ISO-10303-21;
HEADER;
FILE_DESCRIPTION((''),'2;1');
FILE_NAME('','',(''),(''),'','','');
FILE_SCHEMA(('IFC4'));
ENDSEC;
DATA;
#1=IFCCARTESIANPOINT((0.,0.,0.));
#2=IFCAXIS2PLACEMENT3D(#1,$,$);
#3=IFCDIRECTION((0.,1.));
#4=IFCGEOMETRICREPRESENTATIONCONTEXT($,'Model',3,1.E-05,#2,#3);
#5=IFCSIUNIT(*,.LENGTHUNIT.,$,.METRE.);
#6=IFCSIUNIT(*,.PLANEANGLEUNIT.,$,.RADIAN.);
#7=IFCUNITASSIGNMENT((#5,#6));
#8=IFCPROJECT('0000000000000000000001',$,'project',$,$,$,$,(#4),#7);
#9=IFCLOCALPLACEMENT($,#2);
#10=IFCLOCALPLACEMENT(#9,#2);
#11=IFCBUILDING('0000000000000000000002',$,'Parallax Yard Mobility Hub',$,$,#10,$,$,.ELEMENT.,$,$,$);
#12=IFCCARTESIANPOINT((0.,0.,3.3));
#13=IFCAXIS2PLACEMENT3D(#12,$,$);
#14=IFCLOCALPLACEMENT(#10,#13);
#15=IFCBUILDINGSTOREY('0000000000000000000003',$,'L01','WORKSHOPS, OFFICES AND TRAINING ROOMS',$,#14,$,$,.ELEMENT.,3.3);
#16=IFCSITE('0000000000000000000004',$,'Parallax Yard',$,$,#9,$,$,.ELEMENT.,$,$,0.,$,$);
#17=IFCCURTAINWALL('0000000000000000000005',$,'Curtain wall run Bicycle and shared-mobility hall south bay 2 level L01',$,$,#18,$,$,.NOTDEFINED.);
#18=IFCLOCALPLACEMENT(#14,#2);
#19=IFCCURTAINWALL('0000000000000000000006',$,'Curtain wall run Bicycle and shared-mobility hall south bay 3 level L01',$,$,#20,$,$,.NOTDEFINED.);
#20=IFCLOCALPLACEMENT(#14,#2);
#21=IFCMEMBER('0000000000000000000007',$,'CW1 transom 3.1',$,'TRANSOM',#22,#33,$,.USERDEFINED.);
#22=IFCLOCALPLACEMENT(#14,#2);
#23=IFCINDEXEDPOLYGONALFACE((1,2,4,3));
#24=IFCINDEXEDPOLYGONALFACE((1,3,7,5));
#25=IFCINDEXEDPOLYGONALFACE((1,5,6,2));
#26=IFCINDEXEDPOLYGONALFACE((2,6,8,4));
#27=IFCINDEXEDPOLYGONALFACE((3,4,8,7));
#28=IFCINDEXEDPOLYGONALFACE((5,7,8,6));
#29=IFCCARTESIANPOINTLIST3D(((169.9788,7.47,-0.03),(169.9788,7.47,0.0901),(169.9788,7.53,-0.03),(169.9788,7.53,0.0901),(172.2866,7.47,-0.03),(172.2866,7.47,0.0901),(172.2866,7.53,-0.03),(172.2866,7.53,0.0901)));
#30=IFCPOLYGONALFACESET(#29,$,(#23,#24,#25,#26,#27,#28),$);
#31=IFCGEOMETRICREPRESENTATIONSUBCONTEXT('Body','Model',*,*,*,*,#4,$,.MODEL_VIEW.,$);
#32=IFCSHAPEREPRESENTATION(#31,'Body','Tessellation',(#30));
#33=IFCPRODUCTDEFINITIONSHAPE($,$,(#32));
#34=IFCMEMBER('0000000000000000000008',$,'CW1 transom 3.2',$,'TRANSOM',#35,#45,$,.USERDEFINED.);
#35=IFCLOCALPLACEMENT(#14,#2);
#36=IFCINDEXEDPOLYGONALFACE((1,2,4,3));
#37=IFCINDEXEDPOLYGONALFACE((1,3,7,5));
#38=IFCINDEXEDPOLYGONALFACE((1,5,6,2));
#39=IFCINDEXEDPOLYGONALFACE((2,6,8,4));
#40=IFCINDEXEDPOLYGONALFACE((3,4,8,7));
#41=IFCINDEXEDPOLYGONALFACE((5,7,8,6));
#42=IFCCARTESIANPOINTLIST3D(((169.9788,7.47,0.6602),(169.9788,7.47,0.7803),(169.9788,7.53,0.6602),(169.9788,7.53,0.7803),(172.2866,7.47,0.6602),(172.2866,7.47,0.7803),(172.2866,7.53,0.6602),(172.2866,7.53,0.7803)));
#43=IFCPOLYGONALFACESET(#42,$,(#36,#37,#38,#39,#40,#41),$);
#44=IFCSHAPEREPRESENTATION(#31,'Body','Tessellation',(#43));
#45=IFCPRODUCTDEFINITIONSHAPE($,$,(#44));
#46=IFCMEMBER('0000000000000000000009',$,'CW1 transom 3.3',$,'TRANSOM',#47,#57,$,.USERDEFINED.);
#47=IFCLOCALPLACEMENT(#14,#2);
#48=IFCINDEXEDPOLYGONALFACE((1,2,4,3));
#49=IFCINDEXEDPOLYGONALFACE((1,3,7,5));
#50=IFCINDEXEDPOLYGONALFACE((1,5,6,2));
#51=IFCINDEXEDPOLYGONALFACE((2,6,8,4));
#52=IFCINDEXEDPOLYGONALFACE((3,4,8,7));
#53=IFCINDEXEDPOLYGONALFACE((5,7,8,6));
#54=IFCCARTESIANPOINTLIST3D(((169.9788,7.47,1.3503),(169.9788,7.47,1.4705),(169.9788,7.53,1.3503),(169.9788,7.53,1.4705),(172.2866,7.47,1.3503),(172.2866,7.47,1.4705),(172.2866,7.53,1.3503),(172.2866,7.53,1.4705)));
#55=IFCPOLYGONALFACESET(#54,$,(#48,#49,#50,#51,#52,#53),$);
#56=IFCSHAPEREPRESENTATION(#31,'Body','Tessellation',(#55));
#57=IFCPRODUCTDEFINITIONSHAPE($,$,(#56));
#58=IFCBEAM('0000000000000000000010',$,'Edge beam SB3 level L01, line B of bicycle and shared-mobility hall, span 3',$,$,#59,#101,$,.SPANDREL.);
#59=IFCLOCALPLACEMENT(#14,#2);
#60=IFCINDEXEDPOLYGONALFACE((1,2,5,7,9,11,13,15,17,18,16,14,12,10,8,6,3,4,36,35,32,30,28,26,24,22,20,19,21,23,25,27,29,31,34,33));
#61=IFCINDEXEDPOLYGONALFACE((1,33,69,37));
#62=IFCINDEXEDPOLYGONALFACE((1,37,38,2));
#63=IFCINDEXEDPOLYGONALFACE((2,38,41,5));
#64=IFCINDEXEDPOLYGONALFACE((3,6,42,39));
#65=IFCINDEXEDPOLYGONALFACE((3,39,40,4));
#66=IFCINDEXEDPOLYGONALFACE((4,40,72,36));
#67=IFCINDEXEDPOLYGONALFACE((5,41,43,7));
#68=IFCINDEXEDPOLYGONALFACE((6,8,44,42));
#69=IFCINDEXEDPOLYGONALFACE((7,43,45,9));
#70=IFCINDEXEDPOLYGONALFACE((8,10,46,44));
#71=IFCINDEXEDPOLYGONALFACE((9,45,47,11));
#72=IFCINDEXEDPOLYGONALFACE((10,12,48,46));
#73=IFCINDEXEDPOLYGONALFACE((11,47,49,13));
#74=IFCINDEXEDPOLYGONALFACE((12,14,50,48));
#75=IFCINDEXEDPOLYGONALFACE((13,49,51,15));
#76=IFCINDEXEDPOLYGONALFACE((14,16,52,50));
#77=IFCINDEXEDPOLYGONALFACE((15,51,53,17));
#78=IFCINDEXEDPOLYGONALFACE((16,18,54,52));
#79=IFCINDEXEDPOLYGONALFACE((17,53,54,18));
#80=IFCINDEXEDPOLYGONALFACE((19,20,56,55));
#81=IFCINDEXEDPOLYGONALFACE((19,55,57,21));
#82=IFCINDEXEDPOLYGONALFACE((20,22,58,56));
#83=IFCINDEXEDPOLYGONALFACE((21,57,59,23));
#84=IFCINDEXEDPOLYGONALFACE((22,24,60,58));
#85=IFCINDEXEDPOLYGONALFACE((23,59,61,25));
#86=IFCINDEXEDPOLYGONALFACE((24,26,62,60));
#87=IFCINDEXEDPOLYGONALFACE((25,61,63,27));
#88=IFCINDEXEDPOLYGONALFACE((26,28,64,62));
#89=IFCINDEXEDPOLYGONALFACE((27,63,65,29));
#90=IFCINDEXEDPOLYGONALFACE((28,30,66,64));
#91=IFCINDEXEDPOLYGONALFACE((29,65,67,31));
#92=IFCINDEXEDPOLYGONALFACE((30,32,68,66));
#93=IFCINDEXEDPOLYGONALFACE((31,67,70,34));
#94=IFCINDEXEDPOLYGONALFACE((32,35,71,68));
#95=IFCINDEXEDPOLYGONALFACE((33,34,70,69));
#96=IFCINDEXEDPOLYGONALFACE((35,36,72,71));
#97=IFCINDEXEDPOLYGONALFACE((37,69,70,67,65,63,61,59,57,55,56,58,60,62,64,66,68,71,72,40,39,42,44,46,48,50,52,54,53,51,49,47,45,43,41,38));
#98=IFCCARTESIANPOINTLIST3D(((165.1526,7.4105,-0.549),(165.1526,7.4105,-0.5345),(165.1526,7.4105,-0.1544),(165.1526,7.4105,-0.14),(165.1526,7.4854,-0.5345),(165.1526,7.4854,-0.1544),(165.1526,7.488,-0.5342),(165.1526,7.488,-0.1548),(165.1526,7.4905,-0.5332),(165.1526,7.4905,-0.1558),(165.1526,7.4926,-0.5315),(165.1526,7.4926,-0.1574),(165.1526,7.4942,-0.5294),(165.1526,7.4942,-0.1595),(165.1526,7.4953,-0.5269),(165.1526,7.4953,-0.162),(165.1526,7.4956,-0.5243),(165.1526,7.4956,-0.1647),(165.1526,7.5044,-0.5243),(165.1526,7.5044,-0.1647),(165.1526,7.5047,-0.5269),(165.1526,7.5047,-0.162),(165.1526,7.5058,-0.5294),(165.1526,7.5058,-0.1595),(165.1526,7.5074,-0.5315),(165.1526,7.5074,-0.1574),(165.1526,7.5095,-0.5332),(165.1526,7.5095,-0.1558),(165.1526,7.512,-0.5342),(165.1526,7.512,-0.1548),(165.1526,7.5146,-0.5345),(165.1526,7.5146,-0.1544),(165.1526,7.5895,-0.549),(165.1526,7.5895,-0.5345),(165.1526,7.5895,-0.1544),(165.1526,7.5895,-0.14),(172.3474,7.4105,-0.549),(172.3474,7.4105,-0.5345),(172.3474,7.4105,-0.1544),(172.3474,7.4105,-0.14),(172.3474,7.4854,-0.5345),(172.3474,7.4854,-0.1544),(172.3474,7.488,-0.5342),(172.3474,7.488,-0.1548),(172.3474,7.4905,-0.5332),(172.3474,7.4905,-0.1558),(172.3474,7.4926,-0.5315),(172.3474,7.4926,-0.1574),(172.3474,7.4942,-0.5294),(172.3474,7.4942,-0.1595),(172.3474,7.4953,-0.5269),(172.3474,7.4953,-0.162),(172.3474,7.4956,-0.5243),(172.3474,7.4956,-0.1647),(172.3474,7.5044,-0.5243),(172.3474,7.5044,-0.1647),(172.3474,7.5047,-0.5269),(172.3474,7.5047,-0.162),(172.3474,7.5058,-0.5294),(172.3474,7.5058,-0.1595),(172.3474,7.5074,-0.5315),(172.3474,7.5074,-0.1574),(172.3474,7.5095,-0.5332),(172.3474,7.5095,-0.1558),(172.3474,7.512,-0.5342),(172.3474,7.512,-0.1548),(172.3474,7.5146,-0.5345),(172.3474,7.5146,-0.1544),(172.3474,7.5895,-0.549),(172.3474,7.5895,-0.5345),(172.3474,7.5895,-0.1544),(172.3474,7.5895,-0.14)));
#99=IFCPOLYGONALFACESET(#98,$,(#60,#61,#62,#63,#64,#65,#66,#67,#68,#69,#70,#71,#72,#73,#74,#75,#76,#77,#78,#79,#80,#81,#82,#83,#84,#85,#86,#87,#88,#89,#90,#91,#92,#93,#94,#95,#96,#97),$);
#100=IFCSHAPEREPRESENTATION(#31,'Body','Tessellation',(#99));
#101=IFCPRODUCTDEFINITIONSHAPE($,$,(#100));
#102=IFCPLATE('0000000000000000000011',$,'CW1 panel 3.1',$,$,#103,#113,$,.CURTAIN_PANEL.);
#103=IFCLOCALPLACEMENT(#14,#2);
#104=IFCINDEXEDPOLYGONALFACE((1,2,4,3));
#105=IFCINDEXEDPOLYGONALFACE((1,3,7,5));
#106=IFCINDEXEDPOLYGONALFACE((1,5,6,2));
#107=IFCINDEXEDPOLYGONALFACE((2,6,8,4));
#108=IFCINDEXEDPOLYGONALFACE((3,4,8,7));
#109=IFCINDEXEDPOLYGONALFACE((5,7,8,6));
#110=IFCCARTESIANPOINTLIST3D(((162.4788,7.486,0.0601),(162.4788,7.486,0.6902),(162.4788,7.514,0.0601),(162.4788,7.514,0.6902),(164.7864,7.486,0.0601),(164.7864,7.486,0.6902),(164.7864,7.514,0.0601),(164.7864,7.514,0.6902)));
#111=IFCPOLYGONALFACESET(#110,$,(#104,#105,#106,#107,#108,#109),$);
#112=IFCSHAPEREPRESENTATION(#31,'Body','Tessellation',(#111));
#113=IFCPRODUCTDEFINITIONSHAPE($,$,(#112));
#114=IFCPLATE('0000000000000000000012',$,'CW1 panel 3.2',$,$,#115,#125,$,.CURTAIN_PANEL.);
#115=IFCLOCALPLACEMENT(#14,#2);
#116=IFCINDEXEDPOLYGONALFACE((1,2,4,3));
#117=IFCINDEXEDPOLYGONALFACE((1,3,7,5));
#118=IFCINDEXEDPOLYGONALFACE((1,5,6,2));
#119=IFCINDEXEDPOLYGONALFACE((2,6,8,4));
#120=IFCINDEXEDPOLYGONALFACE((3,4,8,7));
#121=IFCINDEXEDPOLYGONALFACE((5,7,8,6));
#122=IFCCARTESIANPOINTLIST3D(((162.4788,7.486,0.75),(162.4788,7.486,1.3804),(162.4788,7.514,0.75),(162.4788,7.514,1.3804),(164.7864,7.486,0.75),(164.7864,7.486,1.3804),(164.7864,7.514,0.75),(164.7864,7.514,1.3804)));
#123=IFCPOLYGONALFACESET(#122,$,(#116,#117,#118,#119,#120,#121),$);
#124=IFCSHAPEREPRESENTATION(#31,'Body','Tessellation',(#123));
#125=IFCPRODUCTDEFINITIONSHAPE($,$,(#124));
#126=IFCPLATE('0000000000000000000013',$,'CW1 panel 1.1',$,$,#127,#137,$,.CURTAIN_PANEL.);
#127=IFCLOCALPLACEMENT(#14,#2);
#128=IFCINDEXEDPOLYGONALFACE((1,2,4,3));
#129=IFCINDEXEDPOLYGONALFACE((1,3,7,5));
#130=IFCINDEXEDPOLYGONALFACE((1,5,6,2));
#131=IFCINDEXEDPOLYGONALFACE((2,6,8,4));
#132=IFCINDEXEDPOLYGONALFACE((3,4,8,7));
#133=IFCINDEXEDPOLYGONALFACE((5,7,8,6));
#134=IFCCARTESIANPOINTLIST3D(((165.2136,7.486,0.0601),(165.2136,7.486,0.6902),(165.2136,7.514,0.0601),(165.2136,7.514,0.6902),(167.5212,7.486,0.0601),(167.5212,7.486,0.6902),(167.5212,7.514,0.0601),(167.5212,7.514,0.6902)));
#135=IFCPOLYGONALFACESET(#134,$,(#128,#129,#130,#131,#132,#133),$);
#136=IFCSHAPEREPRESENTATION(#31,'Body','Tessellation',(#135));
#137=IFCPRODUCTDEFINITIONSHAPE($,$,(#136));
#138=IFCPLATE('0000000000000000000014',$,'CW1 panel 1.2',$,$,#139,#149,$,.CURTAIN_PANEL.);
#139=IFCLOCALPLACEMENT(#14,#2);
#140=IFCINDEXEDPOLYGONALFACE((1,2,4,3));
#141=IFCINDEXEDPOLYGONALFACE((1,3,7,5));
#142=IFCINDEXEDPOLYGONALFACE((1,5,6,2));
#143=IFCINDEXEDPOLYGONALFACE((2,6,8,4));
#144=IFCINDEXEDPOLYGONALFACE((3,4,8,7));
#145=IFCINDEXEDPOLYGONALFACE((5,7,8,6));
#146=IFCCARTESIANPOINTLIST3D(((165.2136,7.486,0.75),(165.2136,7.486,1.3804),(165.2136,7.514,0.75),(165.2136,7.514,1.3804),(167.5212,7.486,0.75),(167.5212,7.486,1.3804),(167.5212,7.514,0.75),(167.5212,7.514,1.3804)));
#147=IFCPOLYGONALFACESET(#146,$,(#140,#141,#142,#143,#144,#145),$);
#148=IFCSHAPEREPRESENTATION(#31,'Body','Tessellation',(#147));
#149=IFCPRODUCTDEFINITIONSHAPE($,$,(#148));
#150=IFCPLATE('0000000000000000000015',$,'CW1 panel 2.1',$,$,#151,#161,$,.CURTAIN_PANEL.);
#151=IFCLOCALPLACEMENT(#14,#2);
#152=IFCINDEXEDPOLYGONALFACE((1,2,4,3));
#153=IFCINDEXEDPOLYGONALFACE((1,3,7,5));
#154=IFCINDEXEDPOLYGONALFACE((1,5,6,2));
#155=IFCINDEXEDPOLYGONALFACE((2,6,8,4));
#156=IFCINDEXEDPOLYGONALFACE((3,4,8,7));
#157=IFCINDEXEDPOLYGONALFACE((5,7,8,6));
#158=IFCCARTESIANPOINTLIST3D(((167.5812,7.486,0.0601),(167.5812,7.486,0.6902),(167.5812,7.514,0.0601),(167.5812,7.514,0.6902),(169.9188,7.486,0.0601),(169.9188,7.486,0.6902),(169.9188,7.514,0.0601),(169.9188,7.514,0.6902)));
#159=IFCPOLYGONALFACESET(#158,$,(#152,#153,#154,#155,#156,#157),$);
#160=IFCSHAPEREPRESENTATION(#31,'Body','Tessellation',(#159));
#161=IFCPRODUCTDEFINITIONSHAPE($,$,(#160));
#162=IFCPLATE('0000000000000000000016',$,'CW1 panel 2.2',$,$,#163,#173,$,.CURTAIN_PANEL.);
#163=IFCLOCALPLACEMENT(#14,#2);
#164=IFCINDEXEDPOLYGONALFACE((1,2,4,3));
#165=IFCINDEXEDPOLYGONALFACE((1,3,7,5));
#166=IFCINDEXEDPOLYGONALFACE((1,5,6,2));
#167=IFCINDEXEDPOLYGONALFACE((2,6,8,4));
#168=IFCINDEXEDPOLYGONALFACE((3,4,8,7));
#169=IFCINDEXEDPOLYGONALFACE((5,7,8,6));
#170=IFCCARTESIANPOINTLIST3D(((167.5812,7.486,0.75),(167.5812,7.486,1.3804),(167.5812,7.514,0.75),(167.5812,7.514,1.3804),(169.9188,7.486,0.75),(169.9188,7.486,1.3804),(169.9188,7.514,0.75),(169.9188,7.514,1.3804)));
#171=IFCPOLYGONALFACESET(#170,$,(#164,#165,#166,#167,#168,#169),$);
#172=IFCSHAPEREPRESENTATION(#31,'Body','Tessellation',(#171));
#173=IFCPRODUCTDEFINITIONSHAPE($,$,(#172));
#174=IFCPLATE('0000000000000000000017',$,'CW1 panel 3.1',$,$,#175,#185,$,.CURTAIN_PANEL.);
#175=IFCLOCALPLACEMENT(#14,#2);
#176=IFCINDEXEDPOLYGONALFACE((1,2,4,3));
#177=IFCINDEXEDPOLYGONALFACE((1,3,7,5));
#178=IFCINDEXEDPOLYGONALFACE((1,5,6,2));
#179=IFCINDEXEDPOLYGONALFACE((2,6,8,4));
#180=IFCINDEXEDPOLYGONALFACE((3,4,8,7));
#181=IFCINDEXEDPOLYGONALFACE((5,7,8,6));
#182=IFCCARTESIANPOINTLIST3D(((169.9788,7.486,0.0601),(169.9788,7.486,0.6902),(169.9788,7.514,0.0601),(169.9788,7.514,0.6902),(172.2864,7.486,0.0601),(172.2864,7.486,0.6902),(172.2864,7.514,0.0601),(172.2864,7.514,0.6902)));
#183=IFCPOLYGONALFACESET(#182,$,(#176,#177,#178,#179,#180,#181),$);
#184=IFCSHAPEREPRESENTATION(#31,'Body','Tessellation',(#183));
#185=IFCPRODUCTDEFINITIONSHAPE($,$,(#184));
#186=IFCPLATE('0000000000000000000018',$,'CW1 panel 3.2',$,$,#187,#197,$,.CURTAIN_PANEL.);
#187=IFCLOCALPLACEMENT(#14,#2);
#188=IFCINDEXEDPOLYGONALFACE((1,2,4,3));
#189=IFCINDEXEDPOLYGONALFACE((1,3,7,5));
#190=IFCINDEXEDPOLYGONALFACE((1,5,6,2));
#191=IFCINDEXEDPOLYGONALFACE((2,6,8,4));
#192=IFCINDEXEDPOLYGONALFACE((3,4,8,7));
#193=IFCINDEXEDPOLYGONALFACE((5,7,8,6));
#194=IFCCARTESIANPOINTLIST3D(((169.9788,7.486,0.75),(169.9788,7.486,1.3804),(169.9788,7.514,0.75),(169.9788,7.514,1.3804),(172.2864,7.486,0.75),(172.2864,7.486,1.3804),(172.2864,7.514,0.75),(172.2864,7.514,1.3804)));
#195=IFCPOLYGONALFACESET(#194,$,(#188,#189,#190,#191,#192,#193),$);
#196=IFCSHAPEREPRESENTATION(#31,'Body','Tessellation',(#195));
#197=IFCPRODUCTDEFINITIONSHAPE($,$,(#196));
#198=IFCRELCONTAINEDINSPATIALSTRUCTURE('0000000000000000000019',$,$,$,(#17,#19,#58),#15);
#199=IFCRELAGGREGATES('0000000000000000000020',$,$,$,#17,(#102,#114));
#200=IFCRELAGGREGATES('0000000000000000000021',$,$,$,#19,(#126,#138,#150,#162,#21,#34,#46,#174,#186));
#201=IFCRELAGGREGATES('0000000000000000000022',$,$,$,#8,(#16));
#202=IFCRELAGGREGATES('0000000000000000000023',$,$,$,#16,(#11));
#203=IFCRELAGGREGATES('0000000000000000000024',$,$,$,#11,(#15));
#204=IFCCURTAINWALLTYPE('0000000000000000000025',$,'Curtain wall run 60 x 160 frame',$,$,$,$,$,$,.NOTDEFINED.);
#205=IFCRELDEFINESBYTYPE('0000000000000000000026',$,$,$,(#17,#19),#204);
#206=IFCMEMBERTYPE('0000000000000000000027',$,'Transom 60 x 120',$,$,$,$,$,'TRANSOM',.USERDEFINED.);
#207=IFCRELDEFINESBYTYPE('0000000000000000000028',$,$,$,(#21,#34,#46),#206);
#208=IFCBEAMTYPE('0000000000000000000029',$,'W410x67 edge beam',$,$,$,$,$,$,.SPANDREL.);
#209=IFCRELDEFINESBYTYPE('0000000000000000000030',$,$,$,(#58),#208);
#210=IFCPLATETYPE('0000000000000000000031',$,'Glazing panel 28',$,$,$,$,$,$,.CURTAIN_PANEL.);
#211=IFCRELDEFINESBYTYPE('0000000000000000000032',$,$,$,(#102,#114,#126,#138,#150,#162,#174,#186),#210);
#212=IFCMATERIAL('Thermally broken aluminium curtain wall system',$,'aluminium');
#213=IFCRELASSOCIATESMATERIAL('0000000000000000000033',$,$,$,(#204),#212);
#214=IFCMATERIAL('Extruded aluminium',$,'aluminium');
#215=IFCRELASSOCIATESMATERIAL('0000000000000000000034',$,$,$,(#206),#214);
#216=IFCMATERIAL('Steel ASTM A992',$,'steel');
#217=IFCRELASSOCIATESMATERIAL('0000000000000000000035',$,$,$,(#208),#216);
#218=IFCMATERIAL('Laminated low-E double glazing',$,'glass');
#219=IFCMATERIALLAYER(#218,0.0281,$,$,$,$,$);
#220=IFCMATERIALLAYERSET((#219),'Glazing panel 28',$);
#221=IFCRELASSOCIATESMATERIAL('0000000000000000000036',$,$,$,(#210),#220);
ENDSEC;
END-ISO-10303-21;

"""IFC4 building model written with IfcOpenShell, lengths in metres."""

from ifc_helpers import new_model, si_unit, direction, frame, origin, origin_2d, place, context, subcontext, project, spatial, rectangle, i_section, extrude, material, layer, layer_set, material_profile, profile_set, type_object, element, aggregate, save


model = new_model("IFC4")

# Units and contexts
model_context = context("Model", 3, precision=1e-05, world=origin(), true_north=direction((0.0, 1.0)))
body_context = subcontext(model_context, "Body", "Model", "MODEL_VIEW")
ifc_project = project(units=[si_unit("LENGTHUNIT", "METRE"), si_unit("PLANEANGLEUNIT", "RADIAN")], contexts=[model_context])

# Site, building, storey
site_placement = place(None, origin())
site = spatial("IfcSite", under=ifc_project, at=site_placement, Name="Parallax Yard", CompositionType="ELEMENT", RefElevation=0.0)
building_placement = place(site_placement, origin())
building = spatial("IfcBuilding", under=site, at=building_placement, Name="Parallax Yard Mobility Hub", CompositionType="ELEMENT")
storey_placement = place(building_placement, frame((0.0, 0.0, 3.3)))
storey = spatial("IfcBuildingStorey", under=building, at=storey_placement, Name="L01", Description="WORKSHOPS, OFFICES AND TRAINING ROOMS", CompositionType="ELEMENT", Elevation=3.3)

# Shared definitions
ifc_material_1 = material(Name="Steel ASTM A992", Category="steel")

# Curtain wall
ifc_material_2 = material(Name="Thermally broken aluminium curtain wall system", Category="aluminium")
curtain_wall_type = type_object("IfcCurtainWallType", Name="Curtain wall run 60 x 160 frame", PredefinedType="NOTDEFINED", material=ifc_material_2)
curtain_wall_1_placement = place(storey_placement, origin())
curtain_wall_1 = element("IfcCurtainWall", 1, at=curtain_wall_1_placement, inside=storey, type_object=curtain_wall_type, Name="Curtain wall run Bicycle and shared-mobility hall south bay 2 level L01", PredefinedType="NOTDEFINED")
ifc_material_3 = material(Name="Extruded aluminium", Category="aluminium")

# Curtain wall, members
curtain_wall_2_placement = place(storey_placement, origin())
curtain_wall_2 = element("IfcCurtainWall", 2, at=curtain_wall_2_placement, inside=storey, type_object=curtain_wall_type, Name="Curtain wall run Bicycle and shared-mobility hall south bay 3 level L01", PredefinedType="NOTDEFINED")
ifc_material_profile_1 = material_profile(ifc_material_3, rectangle(XDim=0.0601, YDim=0.1201, at=origin_2d()), Name="Transom 60 x 120")
ifc_profile_set_1 = profile_set([ifc_material_profile_1], Name="Extruded aluminium")
member_type_1 = type_object("IfcMemberType", Name="Transom 60 x 120", ElementType="TRANSOM", PredefinedType="USERDEFINED", material=ifc_profile_set_1)
member_1_placement = place(storey_placement, frame((169.9788, 7.5, 0.03), z_axis=(1.0, 0.0, 0.0), x_axis=(0.0, 1.0, 0.0)))
member_1 = element("IfcMember", 3, at=member_1_placement, type_object=member_type_1, Name="CW1 transom 3.1", ObjectType="TRANSOM", PredefinedType="USERDEFINED", context=body_context, shape_type="SweptSolid", body=[
    extrude(rectangle(XDim=0.0601, YDim=0.1201, at=origin_2d()), origin(), (0.0, 0.0, 1.0), 2.3079),
])
member_2_placement = place(storey_placement, frame((169.9788, 7.5, 0.7202), z_axis=(1.0, 0.0, 0.0), x_axis=(0.0, 1.0, 0.0)))
member_2 = element("IfcMember", 4, at=member_2_placement, type_object=member_type_1, Name="CW1 transom 3.2", ObjectType="TRANSOM", PredefinedType="USERDEFINED", context=body_context, shape_type="SweptSolid", body=[
    extrude(rectangle(XDim=0.0601, YDim=0.1201, at=origin_2d()), origin(), (0.0, 0.0, 1.0), 2.3079),
])
member_3_placement = place(storey_placement, frame((169.9788, 7.5, 1.4104), z_axis=(1.0, 0.0, 0.0), x_axis=(0.0, 1.0, 0.0)))
member_3 = element("IfcMember", 5, at=member_3_placement, type_object=member_type_1, Name="CW1 transom 3.3", ObjectType="TRANSOM", PredefinedType="USERDEFINED", context=body_context, shape_type="SweptSolid", body=[
    extrude(rectangle(XDim=0.0601, YDim=0.1201, at=origin_2d()), origin(), (0.0, 0.0, 1.0), 2.3079),
])

# Beam
ifc_material_profile_2 = material_profile(ifc_material_1, i_section(OverallWidth=0.179, OverallDepth=0.4089, WebThickness=0.0088, FlangeThickness=0.0144, FilletRadius=0.0103, at=origin_2d()), Name="W410x67")
ifc_profile_set_2 = profile_set([ifc_material_profile_2], Name="Steel ASTM A992")
beam_type_1 = type_object("IfcBeamType", Name="W410x67 edge beam", PredefinedType="SPANDREL", material=ifc_profile_set_2)
beam_1_placement = place(storey_placement, frame((165.1526, 7.5, -0.3445), z_axis=(1.0, 0.0, 0.0), x_axis=(0.0, 1.0, 0.0)))
element("IfcBeam", 6, at=beam_1_placement, inside=storey, type_object=beam_type_1, Name="Edge beam SB3 level L01, line B of bicycle and shared-mobility hall, span 3", PredefinedType="SPANDREL", context=body_context, shape_type="SweptSolid", body=[
    extrude(i_section(OverallWidth=0.179, OverallDepth=0.4089, WebThickness=0.0088, FlangeThickness=0.0144, FilletRadius=0.0103, at=origin_2d()), origin(), (0.0, 0.0, 1.0), 7.1948),
])

# Plates
ifc_material_4 = material(Name="Laminated low-E double glazing", Category="glass")
ifc_layer_1 = layer(ifc_material_4, 0.0281)
ifc_layer_set_1 = layer_set([ifc_layer_1], Name="Glazing panel 28")
plate_type = type_object("IfcPlateType", Name="Glazing panel 28", PredefinedType="CURTAIN_PANEL", material=ifc_layer_set_1)
plate_1_placement = place(storey_placement, frame((163.6326, 7.5, 0.0601), z_axis=(0.0, 0.0, 1.0), x_axis=(1.0, 0.0, 0.0)))
plate_1 = element("IfcPlate", 7, at=plate_1_placement, type_object=plate_type, Name="CW1 panel 3.1", PredefinedType="CURTAIN_PANEL", context=body_context, shape_type="SweptSolid", body=[
    extrude(rectangle(XDim=2.3076, YDim=0.0281, at=origin_2d()), origin(), (0.0, 0.0, 1.0), 0.6301),
])
plate_2_placement = place(storey_placement, frame((163.6326, 7.5, 0.75), z_axis=(0.0, 0.0, 1.0), x_axis=(1.0, 0.0, 0.0)))
plate_2 = element("IfcPlate", 8, at=plate_2_placement, type_object=plate_type, Name="CW1 panel 3.2", PredefinedType="CURTAIN_PANEL", context=body_context, shape_type="SweptSolid", body=[
    extrude(rectangle(XDim=2.3076, YDim=0.0281, at=origin_2d()), origin(), (0.0, 0.0, 1.0), 0.6304),
])
aggregate(curtain_wall_1, [plate_1, plate_2])
plate_3_placement = place(storey_placement, frame((166.3674, 7.5, 0.0601), z_axis=(0.0, 0.0, 1.0), x_axis=(1.0, 0.0, 0.0)))
plate_3 = element("IfcPlate", 9, at=plate_3_placement, type_object=plate_type, Name="CW1 panel 1.1", PredefinedType="CURTAIN_PANEL", context=body_context, shape_type="SweptSolid", body=[
    extrude(rectangle(XDim=2.3076, YDim=0.0281, at=origin_2d()), origin(), (0.0, 0.0, 1.0), 0.6301),
])
plate_4_placement = place(storey_placement, frame((166.3674, 7.5, 0.75), z_axis=(0.0, 0.0, 1.0), x_axis=(1.0, 0.0, 0.0)))
plate_4 = element("IfcPlate", 10, at=plate_4_placement, type_object=plate_type, Name="CW1 panel 1.2", PredefinedType="CURTAIN_PANEL", context=body_context, shape_type="SweptSolid", body=[
    extrude(rectangle(XDim=2.3076, YDim=0.0281, at=origin_2d()), origin(), (0.0, 0.0, 1.0), 0.6304),
])
plate_5_placement = place(storey_placement, frame((168.75, 7.5, 0.0601), z_axis=(0.0, 0.0, 1.0), x_axis=(1.0, 0.0, 0.0)))
plate_5 = element("IfcPlate", 11, at=plate_5_placement, type_object=plate_type, Name="CW1 panel 2.1", PredefinedType="CURTAIN_PANEL", context=body_context, shape_type="SweptSolid", body=[
    extrude(rectangle(XDim=2.3376, YDim=0.0281, at=origin_2d()), origin(), (0.0, 0.0, 1.0), 0.6301),
])
plate_6_placement = place(storey_placement, frame((168.75, 7.5, 0.75), z_axis=(0.0, 0.0, 1.0), x_axis=(1.0, 0.0, 0.0)))
plate_6 = element("IfcPlate", 12, at=plate_6_placement, type_object=plate_type, Name="CW1 panel 2.2", PredefinedType="CURTAIN_PANEL", context=body_context, shape_type="SweptSolid", body=[
    extrude(rectangle(XDim=2.3376, YDim=0.0281, at=origin_2d()), origin(), (0.0, 0.0, 1.0), 0.6304),
])
plate_7_placement = place(storey_placement, frame((171.1326, 7.5, 0.0601), z_axis=(0.0, 0.0, 1.0), x_axis=(1.0, 0.0, 0.0)))
plate_7 = element("IfcPlate", 13, at=plate_7_placement, type_object=plate_type, Name="CW1 panel 3.1", PredefinedType="CURTAIN_PANEL", context=body_context, shape_type="SweptSolid", body=[
    extrude(rectangle(XDim=2.3076, YDim=0.0281, at=origin_2d()), origin(), (0.0, 0.0, 1.0), 0.6301),
])
plate_8_placement = place(storey_placement, frame((171.1326, 7.5, 0.75), z_axis=(0.0, 0.0, 1.0), x_axis=(1.0, 0.0, 0.0)))
plate_8 = element("IfcPlate", 14, at=plate_8_placement, type_object=plate_type, Name="CW1 panel 3.2", PredefinedType="CURTAIN_PANEL", context=body_context, shape_type="SweptSolid", body=[
    extrude(rectangle(XDim=2.3076, YDim=0.0281, at=origin_2d()), origin(), (0.0, 0.0, 1.0), 0.6304),
])
aggregate(curtain_wall_2, [plate_3, plate_4, plate_5, plate_6, member_1, member_2, member_3, plate_7, plate_8])

save(model, "model.ifc")
